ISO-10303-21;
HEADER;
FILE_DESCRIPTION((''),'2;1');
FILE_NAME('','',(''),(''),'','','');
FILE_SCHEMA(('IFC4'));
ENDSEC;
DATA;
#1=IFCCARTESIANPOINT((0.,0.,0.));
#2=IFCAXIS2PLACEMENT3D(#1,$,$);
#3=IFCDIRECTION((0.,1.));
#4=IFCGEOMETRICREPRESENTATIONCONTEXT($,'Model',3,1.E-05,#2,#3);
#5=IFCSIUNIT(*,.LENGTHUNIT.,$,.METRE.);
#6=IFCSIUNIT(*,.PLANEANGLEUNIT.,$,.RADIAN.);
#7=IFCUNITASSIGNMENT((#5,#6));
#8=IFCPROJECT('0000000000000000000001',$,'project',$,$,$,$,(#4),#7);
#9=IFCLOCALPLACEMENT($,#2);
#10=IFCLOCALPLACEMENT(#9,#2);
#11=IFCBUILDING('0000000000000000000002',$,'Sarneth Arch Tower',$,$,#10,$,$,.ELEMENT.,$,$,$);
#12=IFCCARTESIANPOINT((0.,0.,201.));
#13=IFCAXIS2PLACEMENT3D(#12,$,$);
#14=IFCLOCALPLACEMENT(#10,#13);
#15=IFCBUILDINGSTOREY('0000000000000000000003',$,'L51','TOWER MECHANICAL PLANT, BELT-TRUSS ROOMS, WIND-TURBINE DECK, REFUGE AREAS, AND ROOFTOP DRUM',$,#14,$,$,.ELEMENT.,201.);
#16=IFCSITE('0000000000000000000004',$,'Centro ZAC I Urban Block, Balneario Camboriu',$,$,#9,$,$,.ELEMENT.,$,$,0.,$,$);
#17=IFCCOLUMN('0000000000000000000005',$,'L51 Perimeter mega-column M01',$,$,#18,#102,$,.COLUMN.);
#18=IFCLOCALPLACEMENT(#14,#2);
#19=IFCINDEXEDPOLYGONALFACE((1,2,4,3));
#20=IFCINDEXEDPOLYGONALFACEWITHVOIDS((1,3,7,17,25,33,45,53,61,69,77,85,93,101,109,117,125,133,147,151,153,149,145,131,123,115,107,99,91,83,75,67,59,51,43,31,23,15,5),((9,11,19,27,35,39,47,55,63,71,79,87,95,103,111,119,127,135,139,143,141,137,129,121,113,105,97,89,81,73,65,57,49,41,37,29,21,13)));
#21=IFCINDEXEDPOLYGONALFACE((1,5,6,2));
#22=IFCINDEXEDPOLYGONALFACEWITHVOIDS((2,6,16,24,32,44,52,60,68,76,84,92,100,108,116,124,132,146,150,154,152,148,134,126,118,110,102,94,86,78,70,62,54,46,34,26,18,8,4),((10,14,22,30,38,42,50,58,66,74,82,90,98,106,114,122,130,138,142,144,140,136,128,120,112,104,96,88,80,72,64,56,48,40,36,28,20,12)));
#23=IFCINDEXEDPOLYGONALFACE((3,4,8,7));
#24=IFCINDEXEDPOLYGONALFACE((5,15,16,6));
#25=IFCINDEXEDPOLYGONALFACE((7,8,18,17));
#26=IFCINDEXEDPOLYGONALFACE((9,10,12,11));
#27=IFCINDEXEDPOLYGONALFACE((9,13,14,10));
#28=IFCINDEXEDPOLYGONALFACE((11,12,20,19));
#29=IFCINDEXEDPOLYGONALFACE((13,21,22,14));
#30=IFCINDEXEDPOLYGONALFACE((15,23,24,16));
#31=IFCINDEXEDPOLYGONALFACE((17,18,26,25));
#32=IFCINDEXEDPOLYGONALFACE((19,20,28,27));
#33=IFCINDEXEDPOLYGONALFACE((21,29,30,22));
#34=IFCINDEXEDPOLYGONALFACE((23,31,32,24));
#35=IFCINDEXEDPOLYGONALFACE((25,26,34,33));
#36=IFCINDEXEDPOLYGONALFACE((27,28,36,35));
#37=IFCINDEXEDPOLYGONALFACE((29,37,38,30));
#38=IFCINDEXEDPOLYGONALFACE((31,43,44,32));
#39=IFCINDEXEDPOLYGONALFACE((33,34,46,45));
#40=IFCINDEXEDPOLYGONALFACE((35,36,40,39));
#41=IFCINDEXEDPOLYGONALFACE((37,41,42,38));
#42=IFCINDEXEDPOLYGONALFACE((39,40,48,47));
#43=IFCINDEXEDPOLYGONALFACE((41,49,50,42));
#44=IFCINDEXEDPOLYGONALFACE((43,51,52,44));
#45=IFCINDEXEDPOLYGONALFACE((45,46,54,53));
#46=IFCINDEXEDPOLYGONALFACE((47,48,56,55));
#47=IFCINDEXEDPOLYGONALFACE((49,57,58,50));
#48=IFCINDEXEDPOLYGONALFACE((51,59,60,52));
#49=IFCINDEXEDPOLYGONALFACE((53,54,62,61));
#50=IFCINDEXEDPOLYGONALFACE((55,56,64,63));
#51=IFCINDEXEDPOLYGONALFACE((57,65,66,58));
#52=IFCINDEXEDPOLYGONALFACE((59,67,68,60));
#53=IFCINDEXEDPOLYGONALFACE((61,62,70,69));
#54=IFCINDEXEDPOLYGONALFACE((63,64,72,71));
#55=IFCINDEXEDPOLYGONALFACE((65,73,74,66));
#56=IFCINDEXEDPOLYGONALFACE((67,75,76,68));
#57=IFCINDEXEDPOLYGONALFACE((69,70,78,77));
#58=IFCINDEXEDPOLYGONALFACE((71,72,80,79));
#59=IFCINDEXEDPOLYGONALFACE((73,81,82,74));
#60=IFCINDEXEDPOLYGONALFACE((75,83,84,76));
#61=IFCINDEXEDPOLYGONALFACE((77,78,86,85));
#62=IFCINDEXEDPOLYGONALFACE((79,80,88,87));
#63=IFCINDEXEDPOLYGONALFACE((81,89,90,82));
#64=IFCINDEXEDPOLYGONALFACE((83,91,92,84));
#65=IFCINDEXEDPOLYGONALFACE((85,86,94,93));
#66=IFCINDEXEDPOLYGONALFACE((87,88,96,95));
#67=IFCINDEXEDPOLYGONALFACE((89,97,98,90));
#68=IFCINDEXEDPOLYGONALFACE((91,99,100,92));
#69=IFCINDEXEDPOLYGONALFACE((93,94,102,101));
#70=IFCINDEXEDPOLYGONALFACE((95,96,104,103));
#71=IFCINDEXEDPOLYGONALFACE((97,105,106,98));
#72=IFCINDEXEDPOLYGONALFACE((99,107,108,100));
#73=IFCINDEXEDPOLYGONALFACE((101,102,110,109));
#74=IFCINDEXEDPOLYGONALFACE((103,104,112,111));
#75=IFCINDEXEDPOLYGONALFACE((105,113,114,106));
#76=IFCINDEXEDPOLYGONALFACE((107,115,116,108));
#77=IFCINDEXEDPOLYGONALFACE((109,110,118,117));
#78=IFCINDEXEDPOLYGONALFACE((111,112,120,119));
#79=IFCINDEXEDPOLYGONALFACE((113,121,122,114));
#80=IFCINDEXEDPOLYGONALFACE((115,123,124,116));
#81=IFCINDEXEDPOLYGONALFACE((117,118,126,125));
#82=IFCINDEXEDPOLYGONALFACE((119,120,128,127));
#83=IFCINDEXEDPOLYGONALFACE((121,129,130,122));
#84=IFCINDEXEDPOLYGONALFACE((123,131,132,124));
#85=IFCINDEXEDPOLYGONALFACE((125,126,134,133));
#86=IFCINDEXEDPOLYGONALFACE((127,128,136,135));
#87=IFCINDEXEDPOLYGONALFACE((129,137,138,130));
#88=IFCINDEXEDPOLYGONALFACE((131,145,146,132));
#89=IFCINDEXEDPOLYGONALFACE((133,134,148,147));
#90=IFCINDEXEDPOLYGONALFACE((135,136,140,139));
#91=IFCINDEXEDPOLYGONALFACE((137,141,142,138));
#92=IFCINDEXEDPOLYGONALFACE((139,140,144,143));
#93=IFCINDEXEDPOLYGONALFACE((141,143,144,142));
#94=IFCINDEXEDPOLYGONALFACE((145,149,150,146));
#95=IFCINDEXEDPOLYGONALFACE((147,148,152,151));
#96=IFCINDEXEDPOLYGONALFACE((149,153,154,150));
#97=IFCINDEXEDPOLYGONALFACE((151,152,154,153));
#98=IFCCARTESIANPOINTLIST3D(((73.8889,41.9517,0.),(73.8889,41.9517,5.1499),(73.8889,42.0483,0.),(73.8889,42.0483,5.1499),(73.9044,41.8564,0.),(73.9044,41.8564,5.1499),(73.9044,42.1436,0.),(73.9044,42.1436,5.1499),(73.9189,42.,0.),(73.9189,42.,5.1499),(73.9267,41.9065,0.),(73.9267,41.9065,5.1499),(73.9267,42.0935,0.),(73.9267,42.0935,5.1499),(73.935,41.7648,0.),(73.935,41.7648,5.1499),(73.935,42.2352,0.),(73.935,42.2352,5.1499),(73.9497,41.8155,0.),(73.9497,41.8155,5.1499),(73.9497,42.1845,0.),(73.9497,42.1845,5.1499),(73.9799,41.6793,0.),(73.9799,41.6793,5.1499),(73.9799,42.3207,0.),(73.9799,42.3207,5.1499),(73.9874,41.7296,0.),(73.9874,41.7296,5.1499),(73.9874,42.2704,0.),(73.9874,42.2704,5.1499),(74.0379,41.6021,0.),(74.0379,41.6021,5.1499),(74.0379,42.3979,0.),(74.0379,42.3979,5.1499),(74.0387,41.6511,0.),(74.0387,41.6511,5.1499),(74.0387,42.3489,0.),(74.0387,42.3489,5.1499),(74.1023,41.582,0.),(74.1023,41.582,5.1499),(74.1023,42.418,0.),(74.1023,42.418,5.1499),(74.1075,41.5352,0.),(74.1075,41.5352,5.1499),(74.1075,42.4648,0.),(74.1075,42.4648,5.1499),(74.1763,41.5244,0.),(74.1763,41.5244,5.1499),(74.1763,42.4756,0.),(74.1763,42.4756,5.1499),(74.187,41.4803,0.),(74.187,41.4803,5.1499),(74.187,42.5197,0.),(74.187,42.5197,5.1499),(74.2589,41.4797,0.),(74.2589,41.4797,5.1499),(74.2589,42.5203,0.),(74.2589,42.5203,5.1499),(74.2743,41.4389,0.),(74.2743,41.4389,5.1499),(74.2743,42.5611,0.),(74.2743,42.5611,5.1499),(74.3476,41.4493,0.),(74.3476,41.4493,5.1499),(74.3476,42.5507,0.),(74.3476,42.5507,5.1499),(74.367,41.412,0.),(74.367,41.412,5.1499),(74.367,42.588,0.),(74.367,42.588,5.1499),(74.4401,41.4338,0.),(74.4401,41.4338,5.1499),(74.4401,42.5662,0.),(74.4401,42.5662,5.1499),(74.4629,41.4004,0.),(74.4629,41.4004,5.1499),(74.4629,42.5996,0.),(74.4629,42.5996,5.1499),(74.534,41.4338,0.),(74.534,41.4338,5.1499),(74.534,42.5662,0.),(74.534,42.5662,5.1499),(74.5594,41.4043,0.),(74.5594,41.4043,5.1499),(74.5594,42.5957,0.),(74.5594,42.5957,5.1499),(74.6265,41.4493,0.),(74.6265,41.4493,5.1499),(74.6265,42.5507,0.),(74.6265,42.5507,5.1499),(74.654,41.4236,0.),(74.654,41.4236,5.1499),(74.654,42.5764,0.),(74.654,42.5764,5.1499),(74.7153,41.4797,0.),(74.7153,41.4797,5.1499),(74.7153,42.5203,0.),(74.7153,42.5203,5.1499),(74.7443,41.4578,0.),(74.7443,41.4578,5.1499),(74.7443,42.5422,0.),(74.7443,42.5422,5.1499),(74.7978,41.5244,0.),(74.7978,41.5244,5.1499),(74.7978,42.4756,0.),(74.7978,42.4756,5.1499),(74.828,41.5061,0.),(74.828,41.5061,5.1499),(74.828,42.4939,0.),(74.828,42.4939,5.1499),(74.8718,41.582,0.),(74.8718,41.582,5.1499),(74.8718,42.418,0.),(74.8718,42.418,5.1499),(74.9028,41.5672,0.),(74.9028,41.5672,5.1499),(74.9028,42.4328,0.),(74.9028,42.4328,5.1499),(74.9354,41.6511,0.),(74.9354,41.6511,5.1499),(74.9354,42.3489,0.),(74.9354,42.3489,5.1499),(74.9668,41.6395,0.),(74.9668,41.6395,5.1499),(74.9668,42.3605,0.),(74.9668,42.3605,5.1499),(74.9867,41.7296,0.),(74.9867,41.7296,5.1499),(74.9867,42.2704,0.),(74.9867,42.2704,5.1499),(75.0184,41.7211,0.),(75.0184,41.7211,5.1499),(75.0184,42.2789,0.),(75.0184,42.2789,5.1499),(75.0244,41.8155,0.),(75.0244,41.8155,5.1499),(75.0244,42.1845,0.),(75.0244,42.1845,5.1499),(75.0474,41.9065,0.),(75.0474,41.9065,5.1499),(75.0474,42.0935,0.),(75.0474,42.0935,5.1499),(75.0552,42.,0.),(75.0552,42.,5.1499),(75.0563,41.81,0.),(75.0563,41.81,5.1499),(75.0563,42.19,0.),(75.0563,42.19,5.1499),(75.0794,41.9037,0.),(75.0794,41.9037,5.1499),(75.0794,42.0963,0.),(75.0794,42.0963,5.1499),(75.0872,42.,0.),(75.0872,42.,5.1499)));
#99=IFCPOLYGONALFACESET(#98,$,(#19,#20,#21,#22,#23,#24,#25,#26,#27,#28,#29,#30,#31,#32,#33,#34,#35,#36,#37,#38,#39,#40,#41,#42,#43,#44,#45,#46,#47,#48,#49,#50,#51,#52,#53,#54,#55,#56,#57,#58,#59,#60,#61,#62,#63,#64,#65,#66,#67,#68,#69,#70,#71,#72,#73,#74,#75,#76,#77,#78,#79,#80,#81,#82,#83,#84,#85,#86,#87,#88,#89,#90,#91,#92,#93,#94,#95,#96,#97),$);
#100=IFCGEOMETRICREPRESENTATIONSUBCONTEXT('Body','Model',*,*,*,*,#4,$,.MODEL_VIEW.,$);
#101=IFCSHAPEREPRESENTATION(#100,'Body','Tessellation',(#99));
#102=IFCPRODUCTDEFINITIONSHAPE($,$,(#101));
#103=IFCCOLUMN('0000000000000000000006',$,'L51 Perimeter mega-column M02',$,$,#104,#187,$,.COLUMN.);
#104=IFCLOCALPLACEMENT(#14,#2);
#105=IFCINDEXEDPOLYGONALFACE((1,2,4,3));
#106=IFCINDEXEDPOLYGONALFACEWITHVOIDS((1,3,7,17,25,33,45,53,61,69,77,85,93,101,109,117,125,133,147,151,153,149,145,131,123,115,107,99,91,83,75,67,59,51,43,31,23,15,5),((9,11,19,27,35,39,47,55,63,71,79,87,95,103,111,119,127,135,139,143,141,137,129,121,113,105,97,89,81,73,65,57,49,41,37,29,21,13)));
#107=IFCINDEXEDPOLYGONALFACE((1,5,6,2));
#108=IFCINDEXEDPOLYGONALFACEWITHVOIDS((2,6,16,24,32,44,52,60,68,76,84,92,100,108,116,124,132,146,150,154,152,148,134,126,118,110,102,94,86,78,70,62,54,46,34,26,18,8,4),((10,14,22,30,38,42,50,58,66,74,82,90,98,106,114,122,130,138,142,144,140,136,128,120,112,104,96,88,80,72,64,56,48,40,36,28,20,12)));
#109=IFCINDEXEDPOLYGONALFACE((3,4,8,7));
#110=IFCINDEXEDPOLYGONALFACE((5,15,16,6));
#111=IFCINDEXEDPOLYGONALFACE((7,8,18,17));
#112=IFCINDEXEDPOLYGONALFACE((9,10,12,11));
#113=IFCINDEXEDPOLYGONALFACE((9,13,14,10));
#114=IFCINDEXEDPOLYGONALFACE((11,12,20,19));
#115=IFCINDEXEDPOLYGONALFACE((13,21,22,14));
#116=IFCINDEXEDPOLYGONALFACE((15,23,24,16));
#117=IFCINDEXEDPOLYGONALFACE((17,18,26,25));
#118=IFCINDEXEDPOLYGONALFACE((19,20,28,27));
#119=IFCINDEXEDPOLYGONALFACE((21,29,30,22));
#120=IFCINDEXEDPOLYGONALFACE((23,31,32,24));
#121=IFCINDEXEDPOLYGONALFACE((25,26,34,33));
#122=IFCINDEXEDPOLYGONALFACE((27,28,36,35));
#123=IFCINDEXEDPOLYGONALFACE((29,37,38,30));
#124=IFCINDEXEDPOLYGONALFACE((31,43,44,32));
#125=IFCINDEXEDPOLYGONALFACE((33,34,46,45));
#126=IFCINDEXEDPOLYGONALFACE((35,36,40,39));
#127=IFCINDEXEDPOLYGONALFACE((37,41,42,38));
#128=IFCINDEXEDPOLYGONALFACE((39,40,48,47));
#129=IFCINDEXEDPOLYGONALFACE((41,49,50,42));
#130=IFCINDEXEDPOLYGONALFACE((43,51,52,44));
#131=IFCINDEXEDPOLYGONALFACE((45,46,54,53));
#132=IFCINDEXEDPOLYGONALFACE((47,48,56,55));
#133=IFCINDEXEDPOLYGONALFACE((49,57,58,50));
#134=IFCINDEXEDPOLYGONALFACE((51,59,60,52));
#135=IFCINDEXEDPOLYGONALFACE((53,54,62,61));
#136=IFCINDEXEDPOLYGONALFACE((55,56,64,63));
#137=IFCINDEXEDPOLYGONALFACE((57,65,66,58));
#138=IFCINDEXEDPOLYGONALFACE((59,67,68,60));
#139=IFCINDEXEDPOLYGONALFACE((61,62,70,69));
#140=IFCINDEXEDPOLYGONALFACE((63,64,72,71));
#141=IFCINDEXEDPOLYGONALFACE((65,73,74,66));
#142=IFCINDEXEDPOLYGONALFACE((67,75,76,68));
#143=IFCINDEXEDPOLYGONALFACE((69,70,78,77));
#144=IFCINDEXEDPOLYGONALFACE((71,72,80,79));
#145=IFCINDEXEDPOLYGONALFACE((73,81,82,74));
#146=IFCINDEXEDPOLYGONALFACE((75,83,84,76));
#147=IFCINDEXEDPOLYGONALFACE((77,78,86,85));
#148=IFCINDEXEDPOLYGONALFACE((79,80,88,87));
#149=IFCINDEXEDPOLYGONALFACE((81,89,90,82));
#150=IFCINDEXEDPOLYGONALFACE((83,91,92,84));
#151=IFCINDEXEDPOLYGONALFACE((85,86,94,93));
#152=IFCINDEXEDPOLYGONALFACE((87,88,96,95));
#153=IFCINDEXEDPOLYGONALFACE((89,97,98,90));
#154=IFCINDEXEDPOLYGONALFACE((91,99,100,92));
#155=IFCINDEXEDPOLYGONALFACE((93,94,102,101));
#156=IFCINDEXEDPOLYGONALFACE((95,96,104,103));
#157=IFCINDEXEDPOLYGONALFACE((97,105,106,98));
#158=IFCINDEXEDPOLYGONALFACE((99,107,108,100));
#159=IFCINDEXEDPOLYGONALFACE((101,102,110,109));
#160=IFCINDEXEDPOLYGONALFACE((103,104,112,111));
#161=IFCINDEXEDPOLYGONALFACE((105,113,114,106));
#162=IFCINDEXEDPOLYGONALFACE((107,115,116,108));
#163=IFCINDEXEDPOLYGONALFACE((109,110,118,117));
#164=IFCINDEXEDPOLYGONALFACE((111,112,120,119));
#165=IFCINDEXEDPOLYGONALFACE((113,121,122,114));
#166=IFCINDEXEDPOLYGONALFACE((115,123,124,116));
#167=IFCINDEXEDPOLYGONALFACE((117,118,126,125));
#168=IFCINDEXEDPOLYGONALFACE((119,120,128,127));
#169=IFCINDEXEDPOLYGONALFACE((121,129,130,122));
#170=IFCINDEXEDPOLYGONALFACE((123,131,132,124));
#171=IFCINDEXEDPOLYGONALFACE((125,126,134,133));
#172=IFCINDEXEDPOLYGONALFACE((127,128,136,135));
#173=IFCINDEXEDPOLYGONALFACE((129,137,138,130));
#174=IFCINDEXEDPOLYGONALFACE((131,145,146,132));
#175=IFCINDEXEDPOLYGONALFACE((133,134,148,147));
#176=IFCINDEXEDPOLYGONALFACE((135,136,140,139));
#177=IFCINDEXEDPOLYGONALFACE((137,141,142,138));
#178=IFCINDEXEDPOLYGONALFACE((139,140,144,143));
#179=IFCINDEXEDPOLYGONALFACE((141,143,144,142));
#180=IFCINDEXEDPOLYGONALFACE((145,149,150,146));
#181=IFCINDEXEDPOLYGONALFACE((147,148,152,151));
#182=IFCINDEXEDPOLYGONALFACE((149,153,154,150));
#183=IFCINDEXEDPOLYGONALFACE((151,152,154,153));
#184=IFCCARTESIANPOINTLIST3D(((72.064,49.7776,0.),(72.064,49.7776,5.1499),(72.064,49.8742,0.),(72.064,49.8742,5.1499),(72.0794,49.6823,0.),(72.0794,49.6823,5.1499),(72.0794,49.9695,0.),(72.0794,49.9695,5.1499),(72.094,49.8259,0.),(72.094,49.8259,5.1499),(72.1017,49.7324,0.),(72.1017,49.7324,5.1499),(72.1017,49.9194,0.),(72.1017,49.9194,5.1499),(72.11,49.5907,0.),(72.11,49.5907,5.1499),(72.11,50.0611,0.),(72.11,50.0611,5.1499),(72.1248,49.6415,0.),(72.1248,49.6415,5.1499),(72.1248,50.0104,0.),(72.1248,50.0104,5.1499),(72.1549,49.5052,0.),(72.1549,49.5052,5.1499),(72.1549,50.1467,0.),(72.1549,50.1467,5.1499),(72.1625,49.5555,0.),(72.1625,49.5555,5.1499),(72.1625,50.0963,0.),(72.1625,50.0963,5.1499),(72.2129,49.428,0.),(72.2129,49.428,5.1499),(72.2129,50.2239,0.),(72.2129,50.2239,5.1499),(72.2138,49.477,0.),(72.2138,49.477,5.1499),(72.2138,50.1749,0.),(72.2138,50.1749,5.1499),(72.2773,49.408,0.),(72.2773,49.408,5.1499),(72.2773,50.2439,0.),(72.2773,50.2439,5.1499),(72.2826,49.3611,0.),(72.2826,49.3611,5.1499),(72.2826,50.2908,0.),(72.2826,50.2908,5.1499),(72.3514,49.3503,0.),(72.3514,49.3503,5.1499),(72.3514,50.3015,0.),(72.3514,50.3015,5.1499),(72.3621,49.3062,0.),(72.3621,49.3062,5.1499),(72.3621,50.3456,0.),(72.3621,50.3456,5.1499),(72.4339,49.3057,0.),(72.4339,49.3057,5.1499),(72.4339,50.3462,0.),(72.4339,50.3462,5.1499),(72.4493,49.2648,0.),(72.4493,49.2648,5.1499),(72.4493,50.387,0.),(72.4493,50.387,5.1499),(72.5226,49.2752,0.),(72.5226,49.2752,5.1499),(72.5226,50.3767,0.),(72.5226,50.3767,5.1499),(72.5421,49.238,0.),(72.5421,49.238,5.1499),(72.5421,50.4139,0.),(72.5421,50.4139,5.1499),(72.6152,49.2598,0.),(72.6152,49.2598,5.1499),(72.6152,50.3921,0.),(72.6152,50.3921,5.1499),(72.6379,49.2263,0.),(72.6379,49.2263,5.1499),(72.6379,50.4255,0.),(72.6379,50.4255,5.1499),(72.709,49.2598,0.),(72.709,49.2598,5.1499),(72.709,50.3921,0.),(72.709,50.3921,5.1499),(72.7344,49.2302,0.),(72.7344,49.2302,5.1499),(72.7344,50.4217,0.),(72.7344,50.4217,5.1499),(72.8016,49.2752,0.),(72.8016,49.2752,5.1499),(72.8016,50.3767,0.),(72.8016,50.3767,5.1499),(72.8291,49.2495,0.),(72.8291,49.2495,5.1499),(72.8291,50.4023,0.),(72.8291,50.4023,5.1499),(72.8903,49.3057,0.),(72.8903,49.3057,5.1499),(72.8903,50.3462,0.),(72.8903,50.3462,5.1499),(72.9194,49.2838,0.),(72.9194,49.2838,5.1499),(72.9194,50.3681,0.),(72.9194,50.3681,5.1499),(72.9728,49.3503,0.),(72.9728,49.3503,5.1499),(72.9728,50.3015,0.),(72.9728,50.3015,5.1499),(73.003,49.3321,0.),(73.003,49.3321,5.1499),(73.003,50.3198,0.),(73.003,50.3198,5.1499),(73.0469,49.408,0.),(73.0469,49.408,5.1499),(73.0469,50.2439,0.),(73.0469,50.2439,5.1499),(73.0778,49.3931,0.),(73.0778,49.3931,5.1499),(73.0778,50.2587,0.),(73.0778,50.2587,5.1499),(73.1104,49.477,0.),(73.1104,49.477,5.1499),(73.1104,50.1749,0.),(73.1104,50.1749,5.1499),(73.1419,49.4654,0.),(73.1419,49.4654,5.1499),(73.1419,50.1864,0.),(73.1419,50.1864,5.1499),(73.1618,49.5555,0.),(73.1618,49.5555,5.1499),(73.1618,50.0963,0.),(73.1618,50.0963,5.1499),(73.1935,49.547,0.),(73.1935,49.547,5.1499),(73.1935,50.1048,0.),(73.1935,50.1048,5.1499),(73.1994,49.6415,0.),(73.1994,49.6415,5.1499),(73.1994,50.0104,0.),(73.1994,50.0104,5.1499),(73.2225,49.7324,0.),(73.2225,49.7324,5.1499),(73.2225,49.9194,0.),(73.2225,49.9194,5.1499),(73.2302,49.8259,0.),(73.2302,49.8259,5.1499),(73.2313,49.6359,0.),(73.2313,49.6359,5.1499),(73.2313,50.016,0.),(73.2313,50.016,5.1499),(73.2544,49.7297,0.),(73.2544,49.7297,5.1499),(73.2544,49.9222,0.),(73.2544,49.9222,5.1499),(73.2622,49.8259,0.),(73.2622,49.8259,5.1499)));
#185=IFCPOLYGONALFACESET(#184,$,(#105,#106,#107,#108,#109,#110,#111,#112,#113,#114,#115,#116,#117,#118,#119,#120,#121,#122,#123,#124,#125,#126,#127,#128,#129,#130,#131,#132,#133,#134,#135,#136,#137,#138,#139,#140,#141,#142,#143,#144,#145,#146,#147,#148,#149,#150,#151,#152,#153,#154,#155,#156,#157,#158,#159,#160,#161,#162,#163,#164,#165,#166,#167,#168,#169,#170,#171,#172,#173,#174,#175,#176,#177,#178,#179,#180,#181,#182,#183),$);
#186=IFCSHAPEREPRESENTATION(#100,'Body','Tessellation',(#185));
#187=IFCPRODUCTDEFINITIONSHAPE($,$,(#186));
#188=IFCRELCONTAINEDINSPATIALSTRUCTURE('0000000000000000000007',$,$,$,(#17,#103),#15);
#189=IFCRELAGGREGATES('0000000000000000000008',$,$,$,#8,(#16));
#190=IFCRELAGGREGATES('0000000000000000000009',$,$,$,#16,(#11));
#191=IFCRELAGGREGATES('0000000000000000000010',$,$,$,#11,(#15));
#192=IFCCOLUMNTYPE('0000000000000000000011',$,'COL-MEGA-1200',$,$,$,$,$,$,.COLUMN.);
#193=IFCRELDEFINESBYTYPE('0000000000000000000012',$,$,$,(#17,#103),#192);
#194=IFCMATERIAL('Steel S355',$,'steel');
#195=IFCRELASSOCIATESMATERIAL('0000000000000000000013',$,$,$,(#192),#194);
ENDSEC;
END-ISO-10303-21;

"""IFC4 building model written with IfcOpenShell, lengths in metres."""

from ifc_helpers import new_model, si_unit, direction, frame, origin, origin_2d, place, context, subcontext, project, spatial, hollow_circle, extrude, material, material_profile, profile_set, type_object, element, save


model = new_model("IFC4")

# Units and contexts
model_context = context("Model", 3, precision=1e-05, world=origin(), true_north=direction((0.0, 1.0)))
body_context = subcontext(model_context, "Body", "Model", "MODEL_VIEW")
ifc_project = project(units=[si_unit("LENGTHUNIT", "METRE"), si_unit("PLANEANGLEUNIT", "RADIAN")], contexts=[model_context])

# Site, building, storey
site_placement = place(None, origin())
site = spatial("IfcSite", under=ifc_project, at=site_placement, Name="Centro ZAC I Urban Block, Balneario Camboriu", CompositionType="ELEMENT", RefElevation=0.0)
building_placement = place(site_placement, origin())
building = spatial("IfcBuilding", under=site, at=building_placement, Name="Sarneth Arch Tower", CompositionType="ELEMENT")
storey_placement = place(building_placement, frame((0.0, 0.0, 201.0)))
storey = spatial("IfcBuildingStorey", under=building, at=storey_placement, Name="L51", Description="TOWER MECHANICAL PLANT, BELT-TRUSS ROOMS, WIND-TURBINE DECK, REFUGE AREAS, AND ROOFTOP DRUM", CompositionType="ELEMENT", Elevation=201.0)

# Columns
ifc_material_1 = material(Name="Steel S355", Category="steel")
ifc_material_profile_1 = material_profile(ifc_material_1, hollow_circle(Radius=0.6001, WallThickness=0.032, at=origin_2d()), Name="CHS1200x32")
ifc_profile_set_1 = profile_set([ifc_material_profile_1], Name="Steel S355")
column_type = type_object("IfcColumnType", Name="COL-MEGA-1200", PredefinedType="COLUMN", material=ifc_profile_set_1)
for number, where, z_axis, x_axis, name in (
    (1, (74.4871, 42.0, 0.0), (0.0, 0.0, 1.0), (1.0, 0.0, 0.0), "L51 Perimeter mega-column M01"),
    (2, (72.6621, 49.8259, 0.0), (0.0, 0.0, 1.0), (1.0, 0.0, 0.0), "L51 Perimeter mega-column M02"),
):
    element("IfcColumn", number, at=place(storey_placement, frame(where, z_axis=z_axis, x_axis=x_axis)), inside=storey, type_object=column_type, Name=name, PredefinedType="COLUMN", context=body_context, shape_type="SweptSolid", body=[
        extrude(hollow_circle(Radius=0.6001, WallThickness=0.032, at=origin_2d()), origin(), (0.0, 0.0, 1.0), 5.1499),
    ])

save(model, "model.ifc")
